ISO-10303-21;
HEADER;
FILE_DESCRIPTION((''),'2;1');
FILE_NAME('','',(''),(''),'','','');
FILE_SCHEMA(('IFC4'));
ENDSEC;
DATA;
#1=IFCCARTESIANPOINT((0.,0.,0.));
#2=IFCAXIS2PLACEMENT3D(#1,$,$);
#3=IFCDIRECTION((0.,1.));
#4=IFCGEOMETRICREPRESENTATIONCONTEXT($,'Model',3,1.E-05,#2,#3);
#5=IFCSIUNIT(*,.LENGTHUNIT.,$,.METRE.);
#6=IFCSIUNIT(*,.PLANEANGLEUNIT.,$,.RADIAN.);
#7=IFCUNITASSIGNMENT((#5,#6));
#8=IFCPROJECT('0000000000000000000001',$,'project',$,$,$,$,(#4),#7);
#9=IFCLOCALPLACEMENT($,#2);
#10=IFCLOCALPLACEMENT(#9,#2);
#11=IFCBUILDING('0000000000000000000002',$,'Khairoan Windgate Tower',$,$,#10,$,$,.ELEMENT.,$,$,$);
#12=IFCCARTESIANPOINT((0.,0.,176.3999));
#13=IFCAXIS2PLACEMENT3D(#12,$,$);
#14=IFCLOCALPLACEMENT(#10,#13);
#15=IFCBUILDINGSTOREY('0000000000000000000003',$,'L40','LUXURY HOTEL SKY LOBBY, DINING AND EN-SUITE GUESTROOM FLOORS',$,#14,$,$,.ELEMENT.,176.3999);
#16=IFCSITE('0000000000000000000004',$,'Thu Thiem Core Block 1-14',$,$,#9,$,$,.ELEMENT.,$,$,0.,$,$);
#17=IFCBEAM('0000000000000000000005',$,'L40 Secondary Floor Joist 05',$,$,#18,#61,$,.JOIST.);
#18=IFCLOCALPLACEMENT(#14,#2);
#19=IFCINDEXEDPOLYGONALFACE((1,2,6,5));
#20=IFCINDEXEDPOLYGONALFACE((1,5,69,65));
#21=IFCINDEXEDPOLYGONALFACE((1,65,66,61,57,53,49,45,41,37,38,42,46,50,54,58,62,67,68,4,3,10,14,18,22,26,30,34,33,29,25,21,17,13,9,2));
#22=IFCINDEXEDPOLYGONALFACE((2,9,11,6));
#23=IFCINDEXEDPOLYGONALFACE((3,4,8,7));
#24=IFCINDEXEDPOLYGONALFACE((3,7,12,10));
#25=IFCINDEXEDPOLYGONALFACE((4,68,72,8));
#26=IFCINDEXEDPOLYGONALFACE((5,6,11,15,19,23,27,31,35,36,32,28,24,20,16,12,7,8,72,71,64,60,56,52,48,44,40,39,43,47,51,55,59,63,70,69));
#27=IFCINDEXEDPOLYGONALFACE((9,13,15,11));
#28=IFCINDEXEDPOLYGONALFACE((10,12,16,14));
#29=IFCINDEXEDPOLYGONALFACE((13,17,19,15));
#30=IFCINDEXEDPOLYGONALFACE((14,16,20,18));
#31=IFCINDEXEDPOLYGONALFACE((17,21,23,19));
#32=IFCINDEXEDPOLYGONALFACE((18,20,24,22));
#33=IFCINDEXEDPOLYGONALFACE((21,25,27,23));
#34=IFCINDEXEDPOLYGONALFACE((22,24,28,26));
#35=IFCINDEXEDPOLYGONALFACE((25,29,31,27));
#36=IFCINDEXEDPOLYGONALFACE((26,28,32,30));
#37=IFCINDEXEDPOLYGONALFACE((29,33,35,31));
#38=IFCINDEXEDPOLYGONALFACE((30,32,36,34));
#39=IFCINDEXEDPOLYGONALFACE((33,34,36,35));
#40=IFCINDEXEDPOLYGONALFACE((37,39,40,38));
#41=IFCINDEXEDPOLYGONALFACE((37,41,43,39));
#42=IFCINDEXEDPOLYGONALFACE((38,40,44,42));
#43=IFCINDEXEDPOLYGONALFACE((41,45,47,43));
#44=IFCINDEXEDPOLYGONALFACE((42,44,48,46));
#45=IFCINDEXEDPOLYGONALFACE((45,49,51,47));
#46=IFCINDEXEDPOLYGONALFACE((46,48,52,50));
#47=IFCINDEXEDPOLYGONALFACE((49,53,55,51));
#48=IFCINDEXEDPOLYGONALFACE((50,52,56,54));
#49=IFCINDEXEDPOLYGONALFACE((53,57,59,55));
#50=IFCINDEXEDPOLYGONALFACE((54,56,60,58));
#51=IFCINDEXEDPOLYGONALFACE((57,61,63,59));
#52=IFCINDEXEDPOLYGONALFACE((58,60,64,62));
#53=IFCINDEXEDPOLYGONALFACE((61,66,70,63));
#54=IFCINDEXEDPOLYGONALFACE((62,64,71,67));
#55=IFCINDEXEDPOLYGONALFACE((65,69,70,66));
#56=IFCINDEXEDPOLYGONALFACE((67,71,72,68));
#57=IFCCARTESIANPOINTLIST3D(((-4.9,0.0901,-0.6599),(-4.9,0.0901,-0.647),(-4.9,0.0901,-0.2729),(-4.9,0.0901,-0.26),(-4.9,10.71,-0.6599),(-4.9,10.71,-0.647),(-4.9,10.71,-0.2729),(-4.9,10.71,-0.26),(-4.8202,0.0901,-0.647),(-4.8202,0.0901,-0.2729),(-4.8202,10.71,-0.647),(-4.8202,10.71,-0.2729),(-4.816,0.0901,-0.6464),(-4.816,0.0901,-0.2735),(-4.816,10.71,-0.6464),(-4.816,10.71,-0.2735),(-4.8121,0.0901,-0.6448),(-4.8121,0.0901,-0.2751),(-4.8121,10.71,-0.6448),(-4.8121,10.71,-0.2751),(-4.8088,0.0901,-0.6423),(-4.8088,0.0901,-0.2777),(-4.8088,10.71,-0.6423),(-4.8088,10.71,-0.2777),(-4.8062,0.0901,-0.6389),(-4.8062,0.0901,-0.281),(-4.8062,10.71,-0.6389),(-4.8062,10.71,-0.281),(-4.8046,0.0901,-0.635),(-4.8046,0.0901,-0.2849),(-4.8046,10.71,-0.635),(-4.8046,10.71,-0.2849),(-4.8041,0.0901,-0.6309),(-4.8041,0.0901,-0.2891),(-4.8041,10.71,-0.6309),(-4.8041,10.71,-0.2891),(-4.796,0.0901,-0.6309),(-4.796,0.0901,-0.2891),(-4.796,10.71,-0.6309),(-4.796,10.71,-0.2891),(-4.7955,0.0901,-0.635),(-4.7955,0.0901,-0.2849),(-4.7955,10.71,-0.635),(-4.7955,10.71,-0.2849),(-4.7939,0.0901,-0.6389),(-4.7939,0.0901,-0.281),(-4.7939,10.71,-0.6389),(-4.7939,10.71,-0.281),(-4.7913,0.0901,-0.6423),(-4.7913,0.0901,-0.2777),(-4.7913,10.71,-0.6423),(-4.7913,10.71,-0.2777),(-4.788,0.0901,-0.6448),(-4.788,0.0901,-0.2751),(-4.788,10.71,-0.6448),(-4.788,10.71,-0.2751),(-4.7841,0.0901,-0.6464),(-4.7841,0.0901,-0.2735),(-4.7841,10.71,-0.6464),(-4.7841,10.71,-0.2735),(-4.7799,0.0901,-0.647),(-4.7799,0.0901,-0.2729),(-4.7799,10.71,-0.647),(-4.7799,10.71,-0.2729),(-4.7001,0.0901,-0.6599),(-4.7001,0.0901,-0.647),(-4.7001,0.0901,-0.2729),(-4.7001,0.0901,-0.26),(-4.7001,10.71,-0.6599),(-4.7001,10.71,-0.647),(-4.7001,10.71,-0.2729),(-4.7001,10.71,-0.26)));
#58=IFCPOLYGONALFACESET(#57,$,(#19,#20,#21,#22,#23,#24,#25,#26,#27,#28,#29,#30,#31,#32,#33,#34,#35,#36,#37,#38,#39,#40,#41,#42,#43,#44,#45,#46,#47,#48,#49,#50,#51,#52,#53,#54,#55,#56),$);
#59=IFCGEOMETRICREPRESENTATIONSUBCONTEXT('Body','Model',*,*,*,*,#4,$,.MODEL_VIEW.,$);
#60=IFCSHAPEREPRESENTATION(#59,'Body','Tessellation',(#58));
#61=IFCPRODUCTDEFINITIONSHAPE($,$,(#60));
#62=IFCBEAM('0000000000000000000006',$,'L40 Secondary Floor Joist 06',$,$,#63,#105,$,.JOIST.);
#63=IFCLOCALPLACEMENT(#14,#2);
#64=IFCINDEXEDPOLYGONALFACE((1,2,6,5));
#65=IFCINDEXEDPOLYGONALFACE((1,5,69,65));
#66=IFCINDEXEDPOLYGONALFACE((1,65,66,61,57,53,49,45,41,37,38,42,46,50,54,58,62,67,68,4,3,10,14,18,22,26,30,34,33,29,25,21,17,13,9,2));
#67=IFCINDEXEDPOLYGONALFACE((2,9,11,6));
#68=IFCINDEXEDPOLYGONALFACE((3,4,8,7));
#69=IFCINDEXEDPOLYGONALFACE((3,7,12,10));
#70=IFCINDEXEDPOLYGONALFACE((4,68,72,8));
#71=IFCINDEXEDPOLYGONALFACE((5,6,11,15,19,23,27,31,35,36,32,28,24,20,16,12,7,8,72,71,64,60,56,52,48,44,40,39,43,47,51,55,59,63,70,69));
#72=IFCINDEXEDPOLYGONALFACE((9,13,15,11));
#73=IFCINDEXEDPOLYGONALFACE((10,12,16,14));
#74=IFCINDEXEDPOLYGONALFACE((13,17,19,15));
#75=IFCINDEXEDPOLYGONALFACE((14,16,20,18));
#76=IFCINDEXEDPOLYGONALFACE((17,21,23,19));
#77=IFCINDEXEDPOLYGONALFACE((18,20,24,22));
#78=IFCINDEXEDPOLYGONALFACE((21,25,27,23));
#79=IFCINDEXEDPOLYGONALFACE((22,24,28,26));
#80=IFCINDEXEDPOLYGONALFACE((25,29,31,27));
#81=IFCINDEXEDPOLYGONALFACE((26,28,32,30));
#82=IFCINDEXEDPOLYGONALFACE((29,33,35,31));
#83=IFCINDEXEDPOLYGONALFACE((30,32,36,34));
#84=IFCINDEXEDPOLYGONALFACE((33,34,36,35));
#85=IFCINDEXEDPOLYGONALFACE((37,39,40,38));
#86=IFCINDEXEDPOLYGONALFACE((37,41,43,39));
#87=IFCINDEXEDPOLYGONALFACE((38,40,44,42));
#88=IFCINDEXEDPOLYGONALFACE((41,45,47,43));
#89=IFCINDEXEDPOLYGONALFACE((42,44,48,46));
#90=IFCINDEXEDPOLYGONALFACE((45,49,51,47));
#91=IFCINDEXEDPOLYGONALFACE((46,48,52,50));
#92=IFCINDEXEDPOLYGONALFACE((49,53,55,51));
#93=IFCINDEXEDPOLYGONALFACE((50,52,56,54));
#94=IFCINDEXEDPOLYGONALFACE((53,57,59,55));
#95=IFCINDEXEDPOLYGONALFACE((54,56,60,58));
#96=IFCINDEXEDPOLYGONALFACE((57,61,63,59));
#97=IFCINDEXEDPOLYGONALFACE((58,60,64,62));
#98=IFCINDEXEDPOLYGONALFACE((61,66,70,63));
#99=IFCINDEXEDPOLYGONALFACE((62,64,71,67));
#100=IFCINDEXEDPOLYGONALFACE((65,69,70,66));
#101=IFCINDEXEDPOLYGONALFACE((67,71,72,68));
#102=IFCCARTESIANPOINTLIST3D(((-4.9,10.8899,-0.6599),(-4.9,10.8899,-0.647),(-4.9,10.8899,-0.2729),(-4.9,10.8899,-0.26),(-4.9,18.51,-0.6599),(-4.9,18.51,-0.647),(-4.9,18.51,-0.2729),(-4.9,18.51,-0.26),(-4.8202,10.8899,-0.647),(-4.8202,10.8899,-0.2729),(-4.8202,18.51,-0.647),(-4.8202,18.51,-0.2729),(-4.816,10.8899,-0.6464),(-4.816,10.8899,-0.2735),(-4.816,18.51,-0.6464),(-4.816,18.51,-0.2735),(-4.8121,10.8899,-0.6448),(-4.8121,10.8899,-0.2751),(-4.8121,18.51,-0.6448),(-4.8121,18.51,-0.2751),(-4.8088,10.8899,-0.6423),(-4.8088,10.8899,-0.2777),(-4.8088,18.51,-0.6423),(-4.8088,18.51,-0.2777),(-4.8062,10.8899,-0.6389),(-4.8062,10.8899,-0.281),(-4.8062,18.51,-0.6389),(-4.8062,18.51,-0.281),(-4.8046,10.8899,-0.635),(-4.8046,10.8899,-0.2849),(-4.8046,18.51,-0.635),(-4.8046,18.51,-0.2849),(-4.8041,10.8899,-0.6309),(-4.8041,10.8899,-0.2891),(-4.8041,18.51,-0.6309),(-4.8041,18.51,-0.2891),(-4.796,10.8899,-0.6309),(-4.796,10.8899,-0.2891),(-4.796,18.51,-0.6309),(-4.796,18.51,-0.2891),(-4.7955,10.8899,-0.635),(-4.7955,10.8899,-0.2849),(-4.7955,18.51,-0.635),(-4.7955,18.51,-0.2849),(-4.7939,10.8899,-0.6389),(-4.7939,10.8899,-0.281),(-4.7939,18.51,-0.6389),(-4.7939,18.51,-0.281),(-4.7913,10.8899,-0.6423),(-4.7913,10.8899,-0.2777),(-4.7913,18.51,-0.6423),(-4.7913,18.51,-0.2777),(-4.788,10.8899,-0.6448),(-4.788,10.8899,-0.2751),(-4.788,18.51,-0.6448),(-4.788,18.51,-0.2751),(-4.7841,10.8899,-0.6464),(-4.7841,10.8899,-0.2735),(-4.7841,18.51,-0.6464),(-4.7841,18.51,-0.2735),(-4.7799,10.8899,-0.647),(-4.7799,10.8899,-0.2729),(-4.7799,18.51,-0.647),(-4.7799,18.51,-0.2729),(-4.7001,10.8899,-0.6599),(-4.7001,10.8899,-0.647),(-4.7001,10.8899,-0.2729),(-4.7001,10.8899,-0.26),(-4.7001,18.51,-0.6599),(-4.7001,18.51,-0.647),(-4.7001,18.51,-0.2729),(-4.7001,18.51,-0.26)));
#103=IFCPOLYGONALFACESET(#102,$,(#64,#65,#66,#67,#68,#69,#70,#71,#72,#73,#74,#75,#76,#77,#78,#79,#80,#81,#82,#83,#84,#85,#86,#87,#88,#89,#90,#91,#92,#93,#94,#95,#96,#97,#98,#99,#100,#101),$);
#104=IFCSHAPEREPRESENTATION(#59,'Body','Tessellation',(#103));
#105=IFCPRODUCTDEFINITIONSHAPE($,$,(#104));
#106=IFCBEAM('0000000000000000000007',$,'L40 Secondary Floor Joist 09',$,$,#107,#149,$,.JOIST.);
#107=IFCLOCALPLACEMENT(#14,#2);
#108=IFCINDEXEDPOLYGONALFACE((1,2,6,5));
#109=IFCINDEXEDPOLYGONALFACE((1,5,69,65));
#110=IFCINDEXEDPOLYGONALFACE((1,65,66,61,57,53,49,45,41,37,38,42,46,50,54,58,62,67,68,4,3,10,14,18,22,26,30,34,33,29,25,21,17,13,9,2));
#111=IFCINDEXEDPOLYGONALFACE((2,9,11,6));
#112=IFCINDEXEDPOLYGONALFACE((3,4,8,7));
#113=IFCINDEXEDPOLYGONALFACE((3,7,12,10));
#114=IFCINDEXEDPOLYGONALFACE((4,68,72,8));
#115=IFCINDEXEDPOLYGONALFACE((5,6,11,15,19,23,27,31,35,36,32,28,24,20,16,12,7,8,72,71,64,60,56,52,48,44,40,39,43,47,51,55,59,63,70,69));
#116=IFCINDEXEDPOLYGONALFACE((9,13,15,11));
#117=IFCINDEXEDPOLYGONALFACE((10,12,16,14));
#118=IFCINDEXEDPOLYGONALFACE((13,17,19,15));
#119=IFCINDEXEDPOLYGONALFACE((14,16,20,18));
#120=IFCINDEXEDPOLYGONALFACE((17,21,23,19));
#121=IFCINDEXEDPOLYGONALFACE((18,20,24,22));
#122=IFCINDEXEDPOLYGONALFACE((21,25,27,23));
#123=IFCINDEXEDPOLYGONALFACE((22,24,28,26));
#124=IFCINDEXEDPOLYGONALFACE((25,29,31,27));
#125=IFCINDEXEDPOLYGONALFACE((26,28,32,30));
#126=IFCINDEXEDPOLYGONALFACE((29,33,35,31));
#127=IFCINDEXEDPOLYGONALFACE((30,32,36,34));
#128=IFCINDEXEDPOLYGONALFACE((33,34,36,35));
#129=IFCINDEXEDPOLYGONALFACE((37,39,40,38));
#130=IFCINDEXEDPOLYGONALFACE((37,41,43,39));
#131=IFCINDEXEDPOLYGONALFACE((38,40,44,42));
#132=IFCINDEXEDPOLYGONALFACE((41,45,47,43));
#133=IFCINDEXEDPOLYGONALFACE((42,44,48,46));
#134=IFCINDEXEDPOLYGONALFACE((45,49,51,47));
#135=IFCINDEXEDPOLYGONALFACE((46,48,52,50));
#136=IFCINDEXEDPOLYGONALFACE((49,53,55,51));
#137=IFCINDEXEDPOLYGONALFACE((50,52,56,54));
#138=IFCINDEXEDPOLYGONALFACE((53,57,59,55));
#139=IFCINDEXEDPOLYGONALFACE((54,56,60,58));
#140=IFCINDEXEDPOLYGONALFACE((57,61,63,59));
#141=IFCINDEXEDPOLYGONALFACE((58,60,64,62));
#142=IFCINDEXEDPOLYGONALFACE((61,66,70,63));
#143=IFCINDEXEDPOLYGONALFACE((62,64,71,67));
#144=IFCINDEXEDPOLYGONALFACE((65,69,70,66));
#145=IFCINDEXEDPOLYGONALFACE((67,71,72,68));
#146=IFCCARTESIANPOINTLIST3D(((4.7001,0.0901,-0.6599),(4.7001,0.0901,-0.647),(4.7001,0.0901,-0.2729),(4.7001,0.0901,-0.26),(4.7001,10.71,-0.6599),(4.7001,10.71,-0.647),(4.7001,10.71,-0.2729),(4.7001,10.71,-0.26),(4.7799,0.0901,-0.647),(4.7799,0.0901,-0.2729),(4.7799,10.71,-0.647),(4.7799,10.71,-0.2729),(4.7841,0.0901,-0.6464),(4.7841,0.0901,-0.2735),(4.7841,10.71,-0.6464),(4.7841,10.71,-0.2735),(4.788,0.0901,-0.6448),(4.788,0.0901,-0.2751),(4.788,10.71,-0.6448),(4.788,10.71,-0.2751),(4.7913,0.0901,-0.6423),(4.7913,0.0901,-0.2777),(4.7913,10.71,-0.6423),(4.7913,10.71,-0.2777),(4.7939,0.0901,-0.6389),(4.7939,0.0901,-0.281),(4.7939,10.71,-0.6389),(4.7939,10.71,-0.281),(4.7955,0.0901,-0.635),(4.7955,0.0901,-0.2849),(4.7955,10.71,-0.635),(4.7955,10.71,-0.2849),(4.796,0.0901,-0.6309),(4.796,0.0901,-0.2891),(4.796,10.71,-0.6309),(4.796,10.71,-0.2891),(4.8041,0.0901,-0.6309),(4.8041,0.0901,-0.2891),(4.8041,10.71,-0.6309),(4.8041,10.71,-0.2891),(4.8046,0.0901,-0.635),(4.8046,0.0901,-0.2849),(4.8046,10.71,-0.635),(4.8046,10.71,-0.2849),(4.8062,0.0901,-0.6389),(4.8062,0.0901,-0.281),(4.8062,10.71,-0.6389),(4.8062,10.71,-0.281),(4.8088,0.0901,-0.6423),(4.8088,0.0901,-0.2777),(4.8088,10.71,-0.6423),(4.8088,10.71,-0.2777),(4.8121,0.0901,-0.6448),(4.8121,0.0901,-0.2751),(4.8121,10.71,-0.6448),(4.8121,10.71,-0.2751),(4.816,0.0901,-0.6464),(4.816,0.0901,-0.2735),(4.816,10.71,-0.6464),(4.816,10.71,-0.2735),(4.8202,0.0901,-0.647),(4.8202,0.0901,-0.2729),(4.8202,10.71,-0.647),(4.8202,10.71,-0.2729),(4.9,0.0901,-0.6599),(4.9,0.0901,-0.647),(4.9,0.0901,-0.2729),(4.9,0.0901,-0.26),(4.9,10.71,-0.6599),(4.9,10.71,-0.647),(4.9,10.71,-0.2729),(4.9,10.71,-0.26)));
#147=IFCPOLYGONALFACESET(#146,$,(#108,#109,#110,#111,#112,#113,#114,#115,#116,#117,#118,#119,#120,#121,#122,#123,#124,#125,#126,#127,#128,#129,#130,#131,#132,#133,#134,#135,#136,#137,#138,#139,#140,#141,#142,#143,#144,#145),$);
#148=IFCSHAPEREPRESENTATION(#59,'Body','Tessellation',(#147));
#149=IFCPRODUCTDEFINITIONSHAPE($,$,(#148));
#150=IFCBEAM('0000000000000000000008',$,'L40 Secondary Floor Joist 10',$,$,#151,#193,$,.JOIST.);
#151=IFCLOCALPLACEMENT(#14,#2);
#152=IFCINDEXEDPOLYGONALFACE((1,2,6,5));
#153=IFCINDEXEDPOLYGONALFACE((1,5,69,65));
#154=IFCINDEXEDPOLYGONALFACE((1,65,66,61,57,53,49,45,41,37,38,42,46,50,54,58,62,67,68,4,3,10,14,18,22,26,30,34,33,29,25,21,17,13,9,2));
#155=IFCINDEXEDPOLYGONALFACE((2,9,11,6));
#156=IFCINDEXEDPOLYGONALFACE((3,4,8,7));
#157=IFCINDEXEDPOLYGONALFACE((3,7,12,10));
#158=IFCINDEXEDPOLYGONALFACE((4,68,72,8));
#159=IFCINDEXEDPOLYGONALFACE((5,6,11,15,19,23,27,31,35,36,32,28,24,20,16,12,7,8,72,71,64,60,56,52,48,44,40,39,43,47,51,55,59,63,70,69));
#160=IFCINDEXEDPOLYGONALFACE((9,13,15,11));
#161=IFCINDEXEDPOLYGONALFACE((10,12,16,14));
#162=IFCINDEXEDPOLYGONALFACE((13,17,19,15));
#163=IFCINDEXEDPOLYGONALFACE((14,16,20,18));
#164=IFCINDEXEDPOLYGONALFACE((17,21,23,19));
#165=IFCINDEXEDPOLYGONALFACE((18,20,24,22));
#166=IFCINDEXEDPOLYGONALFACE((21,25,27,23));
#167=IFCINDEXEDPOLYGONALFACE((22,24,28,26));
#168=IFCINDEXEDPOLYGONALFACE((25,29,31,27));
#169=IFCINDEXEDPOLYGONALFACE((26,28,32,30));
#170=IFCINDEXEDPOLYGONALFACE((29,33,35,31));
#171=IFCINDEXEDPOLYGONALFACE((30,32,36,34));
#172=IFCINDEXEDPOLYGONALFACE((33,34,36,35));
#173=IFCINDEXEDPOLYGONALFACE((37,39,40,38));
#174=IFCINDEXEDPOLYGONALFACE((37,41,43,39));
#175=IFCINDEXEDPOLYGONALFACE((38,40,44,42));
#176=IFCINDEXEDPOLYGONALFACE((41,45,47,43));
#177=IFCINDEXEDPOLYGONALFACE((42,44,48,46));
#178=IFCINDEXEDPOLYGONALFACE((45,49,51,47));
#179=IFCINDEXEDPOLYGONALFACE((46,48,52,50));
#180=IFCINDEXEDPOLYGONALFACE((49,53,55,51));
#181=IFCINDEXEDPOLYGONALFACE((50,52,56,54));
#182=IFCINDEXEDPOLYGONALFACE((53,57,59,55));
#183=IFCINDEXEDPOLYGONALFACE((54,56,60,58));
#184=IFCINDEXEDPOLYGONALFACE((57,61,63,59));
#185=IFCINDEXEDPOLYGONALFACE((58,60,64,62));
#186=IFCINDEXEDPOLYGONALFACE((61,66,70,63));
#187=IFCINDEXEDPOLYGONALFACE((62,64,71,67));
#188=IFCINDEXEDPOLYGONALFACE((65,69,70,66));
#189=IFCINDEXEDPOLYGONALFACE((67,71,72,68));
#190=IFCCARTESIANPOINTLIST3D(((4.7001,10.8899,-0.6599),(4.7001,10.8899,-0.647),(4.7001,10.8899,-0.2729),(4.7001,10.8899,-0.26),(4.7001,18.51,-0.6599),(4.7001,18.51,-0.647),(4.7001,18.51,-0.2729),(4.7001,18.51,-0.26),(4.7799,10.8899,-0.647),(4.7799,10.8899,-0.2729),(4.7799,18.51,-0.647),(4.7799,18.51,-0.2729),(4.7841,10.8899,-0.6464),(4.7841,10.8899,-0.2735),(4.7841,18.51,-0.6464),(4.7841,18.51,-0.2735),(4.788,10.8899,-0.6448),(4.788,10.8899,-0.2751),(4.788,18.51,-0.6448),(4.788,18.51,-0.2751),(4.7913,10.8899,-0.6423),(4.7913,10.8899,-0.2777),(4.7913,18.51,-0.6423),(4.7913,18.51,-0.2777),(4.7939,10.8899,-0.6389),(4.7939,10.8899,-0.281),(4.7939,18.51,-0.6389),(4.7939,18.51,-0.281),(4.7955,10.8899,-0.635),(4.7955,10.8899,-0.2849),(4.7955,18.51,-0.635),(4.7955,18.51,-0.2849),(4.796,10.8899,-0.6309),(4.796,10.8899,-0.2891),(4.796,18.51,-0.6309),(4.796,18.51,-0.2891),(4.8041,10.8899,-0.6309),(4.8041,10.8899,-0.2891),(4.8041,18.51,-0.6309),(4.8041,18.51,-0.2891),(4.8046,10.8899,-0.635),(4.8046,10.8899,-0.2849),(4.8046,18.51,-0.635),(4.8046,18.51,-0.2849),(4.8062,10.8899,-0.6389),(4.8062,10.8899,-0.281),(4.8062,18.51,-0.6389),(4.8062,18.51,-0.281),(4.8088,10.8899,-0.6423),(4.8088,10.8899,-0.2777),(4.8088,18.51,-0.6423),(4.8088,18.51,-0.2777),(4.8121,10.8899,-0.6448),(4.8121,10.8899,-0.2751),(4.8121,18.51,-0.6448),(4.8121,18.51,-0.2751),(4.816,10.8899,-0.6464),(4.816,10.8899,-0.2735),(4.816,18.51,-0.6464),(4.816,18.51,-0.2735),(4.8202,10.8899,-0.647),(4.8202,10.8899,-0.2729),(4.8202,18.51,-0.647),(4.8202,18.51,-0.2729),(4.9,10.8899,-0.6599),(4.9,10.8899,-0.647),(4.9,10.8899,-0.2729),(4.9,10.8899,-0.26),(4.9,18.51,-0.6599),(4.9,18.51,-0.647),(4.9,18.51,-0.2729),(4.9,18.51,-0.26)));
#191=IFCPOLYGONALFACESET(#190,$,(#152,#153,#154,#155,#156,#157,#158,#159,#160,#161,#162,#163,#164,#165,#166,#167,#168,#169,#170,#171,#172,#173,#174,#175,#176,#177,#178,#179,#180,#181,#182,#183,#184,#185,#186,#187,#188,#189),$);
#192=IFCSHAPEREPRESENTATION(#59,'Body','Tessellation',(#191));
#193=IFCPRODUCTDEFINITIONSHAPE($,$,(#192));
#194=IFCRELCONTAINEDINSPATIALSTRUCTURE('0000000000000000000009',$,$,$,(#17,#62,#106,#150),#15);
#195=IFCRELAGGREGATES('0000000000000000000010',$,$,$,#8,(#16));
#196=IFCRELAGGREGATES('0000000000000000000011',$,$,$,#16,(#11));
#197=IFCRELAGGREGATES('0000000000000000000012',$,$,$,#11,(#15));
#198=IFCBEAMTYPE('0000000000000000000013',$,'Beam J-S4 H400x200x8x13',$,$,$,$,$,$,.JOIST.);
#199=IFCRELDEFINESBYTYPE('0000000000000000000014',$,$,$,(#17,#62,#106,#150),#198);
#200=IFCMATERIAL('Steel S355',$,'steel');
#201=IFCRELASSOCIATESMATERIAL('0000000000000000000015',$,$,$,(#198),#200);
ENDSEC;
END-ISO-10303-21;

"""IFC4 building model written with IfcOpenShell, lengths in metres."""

from ifc_helpers import new_model, si_unit, direction, frame, origin, origin_2d, place, context, subcontext, project, spatial, i_section, extrude, material, material_profile, profile_set, type_object, element, save


model = new_model("IFC4")

# Units and contexts
model_context = context("Model", 3, precision=1e-05, world=origin(), true_north=direction((0.0, 1.0)))
body_context = subcontext(model_context, "Body", "Model", "MODEL_VIEW")
ifc_project = project(units=[si_unit("LENGTHUNIT", "METRE"), si_unit("PLANEANGLEUNIT", "RADIAN")], contexts=[model_context])

# Site, building, storey
site_placement = place(None, origin())
site = spatial("IfcSite", under=ifc_project, at=site_placement, Name="Thu Thiem Core Block 1-14", CompositionType="ELEMENT", RefElevation=0.0)
building_placement = place(site_placement, origin())
building = spatial("IfcBuilding", under=site, at=building_placement, Name="Khairoan Windgate Tower", CompositionType="ELEMENT")
storey_placement = place(building_placement, frame((0.0, 0.0, 176.3999)))
storey = spatial("IfcBuildingStorey", under=building, at=storey_placement, Name="L40", Description="LUXURY HOTEL SKY LOBBY, DINING AND EN-SUITE GUESTROOM FLOORS", CompositionType="ELEMENT", Elevation=176.3999)

# Beams
ifc_material_1 = material(Name="Steel S355", Category="steel")
ifc_material_profile_1 = material_profile(ifc_material_1, i_section(OverallWidth=0.2, OverallDepth=0.3999, WebThickness=0.0081, FlangeThickness=0.0129, FilletRadius=0.0161, at=origin_2d()))
ifc_profile_set_1 = profile_set([ifc_material_profile_1], Name="Steel S355")
beam_type_1 = type_object("IfcBeamType", Name="Beam J-S4 H400x200x8x13", PredefinedType="JOIST", material=ifc_profile_set_1)
beam_1_placement = place(storey_placement, frame((-4.8, 0.0901, -0.46), z_axis=(0.0, 1.0, 0.0), x_axis=(-1.0, 0.0, 0.0)))
element("IfcBeam", 1, at=beam_1_placement, inside=storey, type_object=beam_type_1, Name="L40 Secondary Floor Joist 05", PredefinedType="JOIST", context=body_context, shape_type="SweptSolid", body=[
    extrude(i_section(OverallWidth=0.2, OverallDepth=0.3999, WebThickness=0.0081, FlangeThickness=0.0129, FilletRadius=0.0161, at=origin_2d()), origin(), (0.0, 0.0, 1.0), 10.6199),
])
beam_2_placement = place(storey_placement, frame((-4.8, 10.8899, -0.46), z_axis=(0.0, 1.0, 0.0), x_axis=(-1.0, 0.0, 0.0)))
element("IfcBeam", 2, at=beam_2_placement, inside=storey, type_object=beam_type_1, Name="L40 Secondary Floor Joist 06", PredefinedType="JOIST", context=body_context, shape_type="SweptSolid", body=[
    extrude(i_section(OverallWidth=0.2, OverallDepth=0.3999, WebThickness=0.0081, FlangeThickness=0.0129, FilletRadius=0.0161, at=origin_2d()), origin(), (0.0, 0.0, 1.0), 7.6201),
])
beam_3_placement = place(storey_placement, frame((4.8, 0.0901, -0.46), z_axis=(0.0, 1.0, 0.0), x_axis=(-1.0, 0.0, 0.0)))
element("IfcBeam", 3, at=beam_3_placement, inside=storey, type_object=beam_type_1, Name="L40 Secondary Floor Joist 09", PredefinedType="JOIST", context=body_context, shape_type="SweptSolid", body=[
    extrude(i_section(OverallWidth=0.2, OverallDepth=0.3999, WebThickness=0.0081, FlangeThickness=0.0129, FilletRadius=0.0161, at=origin_2d()), origin(), (0.0, 0.0, 1.0), 10.6199),
])
beam_4_placement = place(storey_placement, frame((4.8, 10.8899, -0.46), z_axis=(0.0, 1.0, 0.0), x_axis=(-1.0, 0.0, 0.0)))
element("IfcBeam", 4, at=beam_4_placement, inside=storey, type_object=beam_type_1, Name="L40 Secondary Floor Joist 10", PredefinedType="JOIST", context=body_context, shape_type="SweptSolid", body=[
    extrude(i_section(OverallWidth=0.2, OverallDepth=0.3999, WebThickness=0.0081, FlangeThickness=0.0129, FilletRadius=0.0161, at=origin_2d()), origin(), (0.0, 0.0, 1.0), 7.6201),
])

save(model, "model.ifc")
